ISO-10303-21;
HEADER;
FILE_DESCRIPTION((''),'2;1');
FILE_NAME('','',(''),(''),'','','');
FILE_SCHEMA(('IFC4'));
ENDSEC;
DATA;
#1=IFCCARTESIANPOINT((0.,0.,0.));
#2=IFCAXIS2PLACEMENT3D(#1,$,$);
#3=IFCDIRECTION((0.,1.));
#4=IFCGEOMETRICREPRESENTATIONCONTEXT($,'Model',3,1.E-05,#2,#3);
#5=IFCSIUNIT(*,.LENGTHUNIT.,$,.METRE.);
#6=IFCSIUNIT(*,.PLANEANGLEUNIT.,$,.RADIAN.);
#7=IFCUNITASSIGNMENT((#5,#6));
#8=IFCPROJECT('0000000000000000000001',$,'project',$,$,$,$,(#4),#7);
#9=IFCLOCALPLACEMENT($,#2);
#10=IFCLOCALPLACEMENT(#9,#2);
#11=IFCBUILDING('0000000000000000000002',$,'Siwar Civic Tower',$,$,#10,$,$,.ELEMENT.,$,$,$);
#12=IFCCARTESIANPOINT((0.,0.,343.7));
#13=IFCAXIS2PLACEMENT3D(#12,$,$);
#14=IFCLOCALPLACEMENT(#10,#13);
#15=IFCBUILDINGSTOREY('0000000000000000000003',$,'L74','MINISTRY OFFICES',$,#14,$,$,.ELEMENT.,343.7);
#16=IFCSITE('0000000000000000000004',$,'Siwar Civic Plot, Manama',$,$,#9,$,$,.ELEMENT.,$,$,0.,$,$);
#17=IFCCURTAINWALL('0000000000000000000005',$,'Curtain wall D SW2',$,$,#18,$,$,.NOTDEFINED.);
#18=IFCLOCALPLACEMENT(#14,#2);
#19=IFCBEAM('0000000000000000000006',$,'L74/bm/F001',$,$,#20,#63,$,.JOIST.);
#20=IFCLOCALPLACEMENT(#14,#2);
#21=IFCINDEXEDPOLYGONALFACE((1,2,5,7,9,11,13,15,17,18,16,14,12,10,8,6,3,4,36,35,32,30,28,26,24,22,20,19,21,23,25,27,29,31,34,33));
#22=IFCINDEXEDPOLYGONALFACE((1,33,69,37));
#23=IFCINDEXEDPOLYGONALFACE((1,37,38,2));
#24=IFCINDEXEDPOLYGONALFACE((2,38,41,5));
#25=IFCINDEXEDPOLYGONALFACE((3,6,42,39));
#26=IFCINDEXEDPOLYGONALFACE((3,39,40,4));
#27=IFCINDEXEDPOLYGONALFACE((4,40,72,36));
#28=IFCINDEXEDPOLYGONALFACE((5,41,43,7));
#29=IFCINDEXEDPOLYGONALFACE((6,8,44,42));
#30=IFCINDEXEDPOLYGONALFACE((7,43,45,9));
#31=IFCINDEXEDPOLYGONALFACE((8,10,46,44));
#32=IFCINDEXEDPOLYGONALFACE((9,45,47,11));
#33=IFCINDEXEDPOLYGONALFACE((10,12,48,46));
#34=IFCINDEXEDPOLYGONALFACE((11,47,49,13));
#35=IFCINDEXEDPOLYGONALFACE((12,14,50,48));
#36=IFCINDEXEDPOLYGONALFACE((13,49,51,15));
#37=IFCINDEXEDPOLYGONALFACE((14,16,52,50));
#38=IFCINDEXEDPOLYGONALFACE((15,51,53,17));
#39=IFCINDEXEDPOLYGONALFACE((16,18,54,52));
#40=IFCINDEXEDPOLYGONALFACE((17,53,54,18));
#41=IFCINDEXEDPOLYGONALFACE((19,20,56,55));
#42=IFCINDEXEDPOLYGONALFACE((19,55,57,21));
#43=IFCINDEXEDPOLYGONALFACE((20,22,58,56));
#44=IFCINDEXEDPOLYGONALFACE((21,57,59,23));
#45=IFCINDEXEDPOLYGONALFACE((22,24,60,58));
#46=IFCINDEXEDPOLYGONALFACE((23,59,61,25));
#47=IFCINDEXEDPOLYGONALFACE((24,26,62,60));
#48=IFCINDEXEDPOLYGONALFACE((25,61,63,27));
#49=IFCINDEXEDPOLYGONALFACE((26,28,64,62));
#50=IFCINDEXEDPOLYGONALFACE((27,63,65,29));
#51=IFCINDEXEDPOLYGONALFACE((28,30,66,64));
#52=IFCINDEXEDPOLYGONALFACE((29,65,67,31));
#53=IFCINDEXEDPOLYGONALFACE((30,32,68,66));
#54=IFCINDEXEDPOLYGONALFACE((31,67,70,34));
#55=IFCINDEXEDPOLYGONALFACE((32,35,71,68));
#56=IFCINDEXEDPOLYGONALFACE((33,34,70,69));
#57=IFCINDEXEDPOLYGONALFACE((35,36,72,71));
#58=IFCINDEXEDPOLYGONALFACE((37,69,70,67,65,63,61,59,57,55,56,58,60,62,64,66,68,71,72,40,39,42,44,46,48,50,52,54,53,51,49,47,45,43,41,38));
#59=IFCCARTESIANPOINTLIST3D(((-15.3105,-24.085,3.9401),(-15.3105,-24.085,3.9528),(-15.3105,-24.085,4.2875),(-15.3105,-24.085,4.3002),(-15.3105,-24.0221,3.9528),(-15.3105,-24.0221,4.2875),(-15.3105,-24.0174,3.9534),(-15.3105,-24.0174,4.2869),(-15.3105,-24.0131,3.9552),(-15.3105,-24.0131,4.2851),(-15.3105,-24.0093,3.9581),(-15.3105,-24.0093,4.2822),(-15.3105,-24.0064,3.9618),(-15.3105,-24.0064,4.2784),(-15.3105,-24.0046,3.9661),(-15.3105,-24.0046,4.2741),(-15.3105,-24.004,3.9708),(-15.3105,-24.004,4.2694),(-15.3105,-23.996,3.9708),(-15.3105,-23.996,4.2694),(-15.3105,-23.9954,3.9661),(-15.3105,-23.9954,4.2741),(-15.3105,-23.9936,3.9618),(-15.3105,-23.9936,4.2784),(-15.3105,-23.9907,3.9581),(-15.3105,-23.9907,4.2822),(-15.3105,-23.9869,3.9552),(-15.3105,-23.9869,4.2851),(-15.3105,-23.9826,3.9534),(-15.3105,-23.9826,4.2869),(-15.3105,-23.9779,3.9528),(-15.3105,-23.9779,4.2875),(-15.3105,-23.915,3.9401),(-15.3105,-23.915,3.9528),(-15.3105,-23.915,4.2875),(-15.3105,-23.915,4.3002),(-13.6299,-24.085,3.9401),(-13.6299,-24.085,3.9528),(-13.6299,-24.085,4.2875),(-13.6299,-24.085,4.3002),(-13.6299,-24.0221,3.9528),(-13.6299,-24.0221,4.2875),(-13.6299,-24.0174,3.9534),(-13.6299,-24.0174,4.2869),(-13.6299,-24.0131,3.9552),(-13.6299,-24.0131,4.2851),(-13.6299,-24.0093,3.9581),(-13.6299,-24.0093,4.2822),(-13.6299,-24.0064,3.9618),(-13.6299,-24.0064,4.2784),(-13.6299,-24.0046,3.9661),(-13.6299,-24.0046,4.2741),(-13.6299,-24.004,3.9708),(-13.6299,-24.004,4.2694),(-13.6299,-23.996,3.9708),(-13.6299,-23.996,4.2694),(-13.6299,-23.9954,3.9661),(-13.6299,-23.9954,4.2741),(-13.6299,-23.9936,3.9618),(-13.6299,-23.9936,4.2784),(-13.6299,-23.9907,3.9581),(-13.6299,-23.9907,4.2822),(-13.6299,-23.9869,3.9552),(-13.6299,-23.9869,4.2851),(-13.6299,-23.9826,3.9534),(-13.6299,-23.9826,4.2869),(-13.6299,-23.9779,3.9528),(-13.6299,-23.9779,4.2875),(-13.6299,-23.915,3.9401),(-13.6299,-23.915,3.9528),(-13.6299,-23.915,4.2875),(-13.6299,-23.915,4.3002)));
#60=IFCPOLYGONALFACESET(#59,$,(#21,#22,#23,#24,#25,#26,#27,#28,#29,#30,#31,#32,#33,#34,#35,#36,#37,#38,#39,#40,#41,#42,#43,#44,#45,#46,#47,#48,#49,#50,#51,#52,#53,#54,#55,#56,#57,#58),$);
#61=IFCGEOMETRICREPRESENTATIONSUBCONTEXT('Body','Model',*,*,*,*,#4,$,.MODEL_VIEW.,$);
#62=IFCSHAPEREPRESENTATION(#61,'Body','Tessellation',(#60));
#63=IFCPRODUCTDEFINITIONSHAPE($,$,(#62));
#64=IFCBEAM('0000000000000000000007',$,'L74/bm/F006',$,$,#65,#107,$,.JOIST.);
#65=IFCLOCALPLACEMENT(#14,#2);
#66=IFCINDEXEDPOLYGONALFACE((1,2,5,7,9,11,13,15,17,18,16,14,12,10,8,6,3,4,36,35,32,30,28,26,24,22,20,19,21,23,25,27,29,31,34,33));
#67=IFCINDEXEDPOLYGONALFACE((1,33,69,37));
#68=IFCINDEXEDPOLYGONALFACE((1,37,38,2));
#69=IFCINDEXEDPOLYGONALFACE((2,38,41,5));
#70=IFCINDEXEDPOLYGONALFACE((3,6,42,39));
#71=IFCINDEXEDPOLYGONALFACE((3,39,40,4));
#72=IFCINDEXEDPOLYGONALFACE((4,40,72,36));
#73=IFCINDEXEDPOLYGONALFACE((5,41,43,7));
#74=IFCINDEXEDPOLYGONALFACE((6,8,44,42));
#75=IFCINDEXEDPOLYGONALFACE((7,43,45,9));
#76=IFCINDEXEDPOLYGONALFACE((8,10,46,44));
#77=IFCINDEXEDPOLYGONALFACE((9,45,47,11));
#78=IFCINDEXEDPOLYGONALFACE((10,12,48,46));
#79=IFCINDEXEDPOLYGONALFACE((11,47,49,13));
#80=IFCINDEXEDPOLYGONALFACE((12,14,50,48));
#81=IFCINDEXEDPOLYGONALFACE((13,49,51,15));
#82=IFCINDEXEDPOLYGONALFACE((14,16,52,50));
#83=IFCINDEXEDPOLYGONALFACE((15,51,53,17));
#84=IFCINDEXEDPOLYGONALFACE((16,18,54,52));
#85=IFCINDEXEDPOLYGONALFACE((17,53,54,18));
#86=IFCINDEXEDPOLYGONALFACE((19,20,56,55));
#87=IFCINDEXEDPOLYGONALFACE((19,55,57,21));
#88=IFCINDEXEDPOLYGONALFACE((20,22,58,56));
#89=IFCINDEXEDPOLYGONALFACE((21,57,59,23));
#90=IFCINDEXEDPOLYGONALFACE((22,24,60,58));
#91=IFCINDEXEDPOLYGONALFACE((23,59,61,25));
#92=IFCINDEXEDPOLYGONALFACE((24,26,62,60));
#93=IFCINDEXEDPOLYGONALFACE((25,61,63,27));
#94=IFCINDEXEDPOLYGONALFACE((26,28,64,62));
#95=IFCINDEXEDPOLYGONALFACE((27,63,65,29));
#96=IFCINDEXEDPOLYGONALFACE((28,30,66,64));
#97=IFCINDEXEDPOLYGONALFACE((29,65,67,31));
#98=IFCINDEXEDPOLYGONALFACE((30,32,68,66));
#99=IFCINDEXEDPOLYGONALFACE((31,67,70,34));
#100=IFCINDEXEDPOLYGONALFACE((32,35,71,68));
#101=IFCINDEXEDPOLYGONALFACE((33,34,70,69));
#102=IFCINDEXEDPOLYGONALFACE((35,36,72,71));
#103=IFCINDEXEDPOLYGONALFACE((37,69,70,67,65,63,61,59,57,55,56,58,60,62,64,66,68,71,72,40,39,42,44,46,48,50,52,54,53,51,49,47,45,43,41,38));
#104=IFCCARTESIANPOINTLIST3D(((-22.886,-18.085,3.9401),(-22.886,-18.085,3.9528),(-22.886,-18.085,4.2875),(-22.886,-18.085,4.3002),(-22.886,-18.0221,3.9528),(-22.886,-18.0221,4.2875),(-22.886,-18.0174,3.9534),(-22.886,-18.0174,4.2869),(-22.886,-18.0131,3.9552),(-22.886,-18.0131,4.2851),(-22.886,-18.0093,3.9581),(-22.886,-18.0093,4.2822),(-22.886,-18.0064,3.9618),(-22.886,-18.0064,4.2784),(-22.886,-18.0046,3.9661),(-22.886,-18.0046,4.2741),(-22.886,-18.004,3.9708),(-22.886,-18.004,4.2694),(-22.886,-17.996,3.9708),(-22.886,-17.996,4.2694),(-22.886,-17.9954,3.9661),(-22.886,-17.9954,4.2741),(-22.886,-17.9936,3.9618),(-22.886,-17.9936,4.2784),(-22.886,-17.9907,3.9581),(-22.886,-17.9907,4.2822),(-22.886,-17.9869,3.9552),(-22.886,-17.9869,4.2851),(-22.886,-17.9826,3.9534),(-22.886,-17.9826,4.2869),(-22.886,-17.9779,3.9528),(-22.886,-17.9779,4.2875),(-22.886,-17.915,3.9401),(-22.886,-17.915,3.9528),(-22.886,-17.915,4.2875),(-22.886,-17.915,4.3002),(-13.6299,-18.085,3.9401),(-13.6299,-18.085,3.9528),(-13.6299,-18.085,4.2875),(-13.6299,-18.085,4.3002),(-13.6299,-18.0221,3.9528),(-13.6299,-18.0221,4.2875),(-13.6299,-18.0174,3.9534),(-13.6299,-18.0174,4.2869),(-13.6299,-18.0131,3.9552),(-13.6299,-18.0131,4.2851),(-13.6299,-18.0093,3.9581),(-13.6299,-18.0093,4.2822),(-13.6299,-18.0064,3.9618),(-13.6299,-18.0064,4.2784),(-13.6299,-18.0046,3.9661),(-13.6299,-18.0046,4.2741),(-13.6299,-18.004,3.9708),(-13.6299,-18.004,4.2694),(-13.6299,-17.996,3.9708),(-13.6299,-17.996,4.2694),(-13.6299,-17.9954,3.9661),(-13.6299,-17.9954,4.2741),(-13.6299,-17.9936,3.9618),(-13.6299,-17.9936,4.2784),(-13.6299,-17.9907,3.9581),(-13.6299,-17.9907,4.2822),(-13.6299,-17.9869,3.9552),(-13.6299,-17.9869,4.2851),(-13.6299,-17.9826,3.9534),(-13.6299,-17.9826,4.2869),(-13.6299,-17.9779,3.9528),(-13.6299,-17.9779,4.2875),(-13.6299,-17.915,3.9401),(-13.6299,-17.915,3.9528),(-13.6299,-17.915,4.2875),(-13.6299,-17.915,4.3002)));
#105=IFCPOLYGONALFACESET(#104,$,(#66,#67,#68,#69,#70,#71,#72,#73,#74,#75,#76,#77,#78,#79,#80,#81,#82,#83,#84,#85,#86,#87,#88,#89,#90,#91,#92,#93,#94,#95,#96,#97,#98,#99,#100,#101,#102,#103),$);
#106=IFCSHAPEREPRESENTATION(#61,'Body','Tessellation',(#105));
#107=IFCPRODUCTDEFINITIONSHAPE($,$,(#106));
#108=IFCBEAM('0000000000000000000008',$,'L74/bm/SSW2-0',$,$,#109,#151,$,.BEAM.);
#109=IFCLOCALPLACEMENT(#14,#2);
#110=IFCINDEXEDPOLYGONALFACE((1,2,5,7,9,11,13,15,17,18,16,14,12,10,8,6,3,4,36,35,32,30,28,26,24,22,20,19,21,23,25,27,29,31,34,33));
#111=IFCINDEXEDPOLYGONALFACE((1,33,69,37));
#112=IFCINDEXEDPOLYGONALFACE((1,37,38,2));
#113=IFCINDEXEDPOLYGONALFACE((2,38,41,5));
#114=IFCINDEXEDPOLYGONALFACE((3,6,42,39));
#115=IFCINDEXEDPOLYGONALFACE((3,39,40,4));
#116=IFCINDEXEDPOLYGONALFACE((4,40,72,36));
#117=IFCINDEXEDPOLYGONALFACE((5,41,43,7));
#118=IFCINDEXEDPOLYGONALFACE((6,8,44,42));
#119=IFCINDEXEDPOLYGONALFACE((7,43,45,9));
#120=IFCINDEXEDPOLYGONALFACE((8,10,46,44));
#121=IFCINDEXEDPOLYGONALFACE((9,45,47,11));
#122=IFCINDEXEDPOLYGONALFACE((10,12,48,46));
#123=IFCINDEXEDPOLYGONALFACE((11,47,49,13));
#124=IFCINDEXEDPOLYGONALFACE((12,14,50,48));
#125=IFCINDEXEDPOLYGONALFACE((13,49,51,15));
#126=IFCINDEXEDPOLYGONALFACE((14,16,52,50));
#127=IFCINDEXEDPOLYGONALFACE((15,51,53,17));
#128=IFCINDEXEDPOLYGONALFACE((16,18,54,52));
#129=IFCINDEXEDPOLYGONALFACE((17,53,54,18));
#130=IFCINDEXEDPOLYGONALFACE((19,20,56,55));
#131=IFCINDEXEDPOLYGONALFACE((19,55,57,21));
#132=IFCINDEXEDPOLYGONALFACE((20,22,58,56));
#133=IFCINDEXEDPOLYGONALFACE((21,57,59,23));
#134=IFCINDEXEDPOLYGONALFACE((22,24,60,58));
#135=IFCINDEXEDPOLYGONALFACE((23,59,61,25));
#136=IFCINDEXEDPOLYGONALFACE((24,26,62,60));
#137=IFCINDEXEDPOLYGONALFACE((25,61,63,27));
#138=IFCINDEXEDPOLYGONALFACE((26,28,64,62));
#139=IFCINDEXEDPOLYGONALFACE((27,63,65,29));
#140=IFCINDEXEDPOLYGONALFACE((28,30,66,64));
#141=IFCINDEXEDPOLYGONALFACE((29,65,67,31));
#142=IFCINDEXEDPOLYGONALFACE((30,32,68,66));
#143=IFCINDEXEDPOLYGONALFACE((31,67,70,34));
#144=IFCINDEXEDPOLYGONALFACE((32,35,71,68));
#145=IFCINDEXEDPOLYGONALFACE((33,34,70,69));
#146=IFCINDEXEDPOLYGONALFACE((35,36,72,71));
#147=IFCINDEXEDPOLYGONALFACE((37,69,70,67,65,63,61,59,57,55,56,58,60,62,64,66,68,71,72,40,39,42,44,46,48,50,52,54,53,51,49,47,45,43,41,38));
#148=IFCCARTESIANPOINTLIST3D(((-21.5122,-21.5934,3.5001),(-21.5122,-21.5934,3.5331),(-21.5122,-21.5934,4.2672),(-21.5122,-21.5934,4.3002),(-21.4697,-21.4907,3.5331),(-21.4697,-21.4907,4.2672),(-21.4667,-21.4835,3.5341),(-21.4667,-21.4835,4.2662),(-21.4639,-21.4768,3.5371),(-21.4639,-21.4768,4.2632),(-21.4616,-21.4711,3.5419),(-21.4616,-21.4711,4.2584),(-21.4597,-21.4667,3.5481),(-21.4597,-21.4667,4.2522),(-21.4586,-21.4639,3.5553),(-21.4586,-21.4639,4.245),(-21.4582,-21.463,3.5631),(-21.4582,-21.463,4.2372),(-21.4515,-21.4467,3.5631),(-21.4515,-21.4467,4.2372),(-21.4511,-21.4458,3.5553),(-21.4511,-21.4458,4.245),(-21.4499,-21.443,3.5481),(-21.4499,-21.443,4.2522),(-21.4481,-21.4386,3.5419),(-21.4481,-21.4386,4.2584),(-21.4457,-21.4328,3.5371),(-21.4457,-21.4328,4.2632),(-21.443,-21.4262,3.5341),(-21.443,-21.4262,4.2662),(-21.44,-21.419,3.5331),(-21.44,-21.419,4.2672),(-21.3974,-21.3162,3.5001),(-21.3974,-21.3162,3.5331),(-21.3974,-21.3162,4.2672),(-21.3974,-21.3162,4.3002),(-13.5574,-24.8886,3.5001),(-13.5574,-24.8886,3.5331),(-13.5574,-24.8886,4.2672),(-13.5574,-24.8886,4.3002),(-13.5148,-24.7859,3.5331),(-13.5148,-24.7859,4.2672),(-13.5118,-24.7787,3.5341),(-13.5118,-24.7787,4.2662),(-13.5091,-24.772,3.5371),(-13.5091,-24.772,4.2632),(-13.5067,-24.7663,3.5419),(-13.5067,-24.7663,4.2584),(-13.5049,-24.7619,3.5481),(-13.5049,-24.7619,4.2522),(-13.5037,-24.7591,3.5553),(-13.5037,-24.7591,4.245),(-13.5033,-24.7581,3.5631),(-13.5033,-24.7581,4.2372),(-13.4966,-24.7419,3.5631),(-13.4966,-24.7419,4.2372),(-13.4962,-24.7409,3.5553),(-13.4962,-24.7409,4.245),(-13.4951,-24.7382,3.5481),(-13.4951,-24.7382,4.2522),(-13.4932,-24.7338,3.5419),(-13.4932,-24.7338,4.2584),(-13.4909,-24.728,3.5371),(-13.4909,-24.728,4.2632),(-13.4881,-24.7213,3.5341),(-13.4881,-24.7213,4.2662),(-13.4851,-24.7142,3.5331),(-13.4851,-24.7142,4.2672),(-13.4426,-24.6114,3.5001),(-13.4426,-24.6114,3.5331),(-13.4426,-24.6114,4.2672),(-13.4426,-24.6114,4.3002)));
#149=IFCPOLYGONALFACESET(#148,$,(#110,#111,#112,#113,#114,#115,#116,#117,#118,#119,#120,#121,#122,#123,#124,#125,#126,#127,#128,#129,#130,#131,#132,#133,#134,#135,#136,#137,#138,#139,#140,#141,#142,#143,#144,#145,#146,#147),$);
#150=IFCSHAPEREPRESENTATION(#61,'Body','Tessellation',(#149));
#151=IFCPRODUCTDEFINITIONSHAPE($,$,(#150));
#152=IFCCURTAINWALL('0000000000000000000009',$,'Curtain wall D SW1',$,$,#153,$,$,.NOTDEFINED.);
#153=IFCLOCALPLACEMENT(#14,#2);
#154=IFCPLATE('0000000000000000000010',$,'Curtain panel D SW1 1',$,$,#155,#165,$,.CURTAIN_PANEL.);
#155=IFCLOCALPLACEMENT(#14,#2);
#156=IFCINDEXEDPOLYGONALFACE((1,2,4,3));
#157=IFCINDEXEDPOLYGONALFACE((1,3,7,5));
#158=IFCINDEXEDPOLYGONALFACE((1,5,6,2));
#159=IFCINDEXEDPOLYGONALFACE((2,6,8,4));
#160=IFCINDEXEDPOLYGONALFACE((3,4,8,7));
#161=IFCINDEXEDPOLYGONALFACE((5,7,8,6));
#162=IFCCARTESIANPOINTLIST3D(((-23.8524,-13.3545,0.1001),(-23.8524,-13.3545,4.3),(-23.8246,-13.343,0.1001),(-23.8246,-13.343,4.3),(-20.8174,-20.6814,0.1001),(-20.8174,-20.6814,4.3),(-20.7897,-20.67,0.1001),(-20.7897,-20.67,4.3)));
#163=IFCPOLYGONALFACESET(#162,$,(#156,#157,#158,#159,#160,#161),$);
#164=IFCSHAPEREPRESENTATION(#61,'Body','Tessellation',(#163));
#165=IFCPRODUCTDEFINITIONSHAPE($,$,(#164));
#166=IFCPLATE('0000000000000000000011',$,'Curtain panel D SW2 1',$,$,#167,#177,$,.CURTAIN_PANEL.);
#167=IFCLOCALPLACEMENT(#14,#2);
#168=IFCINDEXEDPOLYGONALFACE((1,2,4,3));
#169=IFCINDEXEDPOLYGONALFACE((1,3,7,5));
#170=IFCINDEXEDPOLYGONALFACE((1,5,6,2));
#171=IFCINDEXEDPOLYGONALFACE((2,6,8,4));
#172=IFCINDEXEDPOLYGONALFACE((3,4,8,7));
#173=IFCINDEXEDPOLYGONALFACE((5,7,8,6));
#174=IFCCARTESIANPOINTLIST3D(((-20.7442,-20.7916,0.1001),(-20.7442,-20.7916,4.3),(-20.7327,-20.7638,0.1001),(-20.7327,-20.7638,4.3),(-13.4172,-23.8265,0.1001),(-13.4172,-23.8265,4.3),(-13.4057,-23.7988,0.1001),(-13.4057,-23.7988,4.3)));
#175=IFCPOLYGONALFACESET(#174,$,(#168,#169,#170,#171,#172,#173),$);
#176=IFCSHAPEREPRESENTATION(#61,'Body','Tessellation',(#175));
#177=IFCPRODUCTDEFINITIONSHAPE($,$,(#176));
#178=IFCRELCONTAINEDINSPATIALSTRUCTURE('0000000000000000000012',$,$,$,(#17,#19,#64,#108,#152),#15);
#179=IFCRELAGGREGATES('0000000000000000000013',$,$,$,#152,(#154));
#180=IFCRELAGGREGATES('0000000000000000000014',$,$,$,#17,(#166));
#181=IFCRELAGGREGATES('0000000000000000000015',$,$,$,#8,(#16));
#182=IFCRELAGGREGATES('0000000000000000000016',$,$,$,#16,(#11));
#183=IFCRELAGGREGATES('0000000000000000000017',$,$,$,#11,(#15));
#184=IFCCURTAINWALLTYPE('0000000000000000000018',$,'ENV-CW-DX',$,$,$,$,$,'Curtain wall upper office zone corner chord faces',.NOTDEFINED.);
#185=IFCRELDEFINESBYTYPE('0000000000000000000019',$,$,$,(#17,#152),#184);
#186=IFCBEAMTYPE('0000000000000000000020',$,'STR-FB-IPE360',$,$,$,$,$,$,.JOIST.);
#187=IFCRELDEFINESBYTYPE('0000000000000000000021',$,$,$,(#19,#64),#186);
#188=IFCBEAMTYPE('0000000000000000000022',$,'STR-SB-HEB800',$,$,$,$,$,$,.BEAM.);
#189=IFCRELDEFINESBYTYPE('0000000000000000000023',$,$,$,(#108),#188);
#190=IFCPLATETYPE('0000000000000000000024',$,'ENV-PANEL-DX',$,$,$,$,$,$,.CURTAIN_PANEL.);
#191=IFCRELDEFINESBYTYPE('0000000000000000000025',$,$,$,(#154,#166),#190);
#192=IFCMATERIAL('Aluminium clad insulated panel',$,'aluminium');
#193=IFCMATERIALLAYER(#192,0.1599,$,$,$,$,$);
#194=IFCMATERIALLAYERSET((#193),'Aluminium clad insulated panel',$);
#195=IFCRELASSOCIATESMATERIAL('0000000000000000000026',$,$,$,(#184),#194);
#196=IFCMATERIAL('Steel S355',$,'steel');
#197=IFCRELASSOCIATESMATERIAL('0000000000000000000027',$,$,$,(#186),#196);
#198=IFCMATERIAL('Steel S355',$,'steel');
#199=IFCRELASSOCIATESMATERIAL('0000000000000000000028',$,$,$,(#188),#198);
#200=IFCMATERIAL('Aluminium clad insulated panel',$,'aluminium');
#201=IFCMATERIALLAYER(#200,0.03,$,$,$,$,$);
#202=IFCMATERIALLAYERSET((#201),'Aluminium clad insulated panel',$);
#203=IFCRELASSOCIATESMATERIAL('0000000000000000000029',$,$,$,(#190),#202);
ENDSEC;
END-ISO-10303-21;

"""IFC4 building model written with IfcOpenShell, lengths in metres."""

from ifc_helpers import new_model, si_unit, direction, frame, origin, origin_2d, place, context, subcontext, project, spatial, rectangle, i_section, extrude, material, layer, layer_set, material_profile, profile_set, type_object, element, aggregate, save


model = new_model("IFC4")

# Units and contexts
model_context = context("Model", 3, precision=1e-05, world=origin(), true_north=direction((0.0, 1.0)))
body_context = subcontext(model_context, "Body", "Model", "MODEL_VIEW")
ifc_project = project(units=[si_unit("LENGTHUNIT", "METRE"), si_unit("PLANEANGLEUNIT", "RADIAN")], contexts=[model_context])

# Site, building, storey
site_placement = place(None, origin())
site = spatial("IfcSite", under=ifc_project, at=site_placement, Name="Siwar Civic Plot, Manama", CompositionType="ELEMENT", RefElevation=0.0)
building_placement = place(site_placement, origin())
building = spatial("IfcBuilding", under=site, at=building_placement, Name="Siwar Civic Tower", CompositionType="ELEMENT")
storey_placement = place(building_placement, frame((0.0, 0.0, 343.7)))
storey = spatial("IfcBuildingStorey", under=building, at=storey_placement, Name="L74", Description="MINISTRY OFFICES", CompositionType="ELEMENT", Elevation=343.7)

# Curtain wall
ifc_material_1 = material(Name="Aluminium clad insulated panel", Category="aluminium")
ifc_layer_1 = layer(ifc_material_1, 0.1599)
ifc_layer_set_1 = layer_set([ifc_layer_1], Name="Aluminium clad insulated panel")
curtain_wall_type = type_object("IfcCurtainWallType", Name="ENV-CW-DX", ElementType="Curtain wall upper office zone corner chord faces", PredefinedType="NOTDEFINED", material=ifc_layer_set_1)
curtain_wall_1_placement = place(storey_placement, origin())
curtain_wall_1 = element("IfcCurtainWall", 1, at=curtain_wall_1_placement, inside=storey, type_object=curtain_wall_type, Name="Curtain wall D SW2", PredefinedType="NOTDEFINED")

# Beams
ifc_material_2 = material(Name="Steel S355", Category="steel")
ifc_material_profile_1 = material_profile(ifc_material_2, i_section(OverallWidth=0.1699, OverallDepth=0.3601, WebThickness=0.0081, FlangeThickness=0.0127, FilletRadius=0.0181, at=origin_2d()), Name="IPE360")
ifc_profile_set_1 = profile_set([ifc_material_profile_1], Name="Steel S355")
beam_type_1 = type_object("IfcBeamType", Name="STR-FB-IPE360", PredefinedType="JOIST", material=ifc_profile_set_1)
beam_1_placement = place(storey_placement, frame((-15.3105, -24.0, 4.1201), z_axis=(1.0, 0.0, 0.0), x_axis=(0.0, 1.0, 0.0)))
element("IfcBeam", 2, at=beam_1_placement, inside=storey, type_object=beam_type_1, Name="L74/bm/F001", PredefinedType="JOIST", context=body_context, shape_type="SweptSolid", body=[
    extrude(i_section(OverallWidth=0.1699, OverallDepth=0.3601, WebThickness=0.0081, FlangeThickness=0.0127, FilletRadius=0.0181, at=origin_2d()), origin(), (0.0, 0.0, 1.0), 1.6807),
])
beam_2_placement = place(storey_placement, frame((-22.886, -18.0, 4.1201), z_axis=(1.0, 0.0, 0.0), x_axis=(0.0, 1.0, 0.0)))
element("IfcBeam", 3, at=beam_2_placement, inside=storey, type_object=beam_type_1, Name="L74/bm/F006", PredefinedType="JOIST", context=body_context, shape_type="SweptSolid", body=[
    extrude(i_section(OverallWidth=0.1699, OverallDepth=0.3601, WebThickness=0.0081, FlangeThickness=0.0127, FilletRadius=0.0181, at=origin_2d()), origin(), (0.0, 0.0, 1.0), 9.2561),
])
ifc_material_3 = material(Name="Steel S355", Category="steel")
ifc_material_profile_2 = material_profile(ifc_material_3, i_section(OverallWidth=0.3, OverallDepth=0.8, WebThickness=0.0176, FlangeThickness=0.033, FilletRadius=0.03, at=origin_2d()), Name="HEB800")
ifc_profile_set_2 = profile_set([ifc_material_profile_2], Name="Steel S355")
beam_type_2 = type_object("IfcBeamType", Name="STR-SB-HEB800", PredefinedType="BEAM", material=ifc_profile_set_2)
beam_3_placement = place(storey_placement, frame((-21.4548, -21.4548, 3.9001), z_axis=(0.923873, -0.3827, 0.0), x_axis=(0.3827, 0.923873, 0.0)))
element("IfcBeam", 4, at=beam_3_placement, inside=storey, type_object=beam_type_2, Name="L74/bm/SSW2-0", PredefinedType="BEAM", context=body_context, shape_type="SweptSolid", body=[
    extrude(i_section(OverallWidth=0.3, OverallDepth=0.8, WebThickness=0.0176, FlangeThickness=0.033, FilletRadius=0.03, at=origin_2d()), origin(), (0.0, 0.0, 1.0), 8.6104),
])

# Curtain wall, plate
curtain_wall_2_placement = place(storey_placement, origin())
curtain_wall_2 = element("IfcCurtainWall", 5, at=curtain_wall_2_placement, inside=storey, type_object=curtain_wall_type, Name="Curtain wall D SW1", PredefinedType="NOTDEFINED")
ifc_material_4 = material(Name="Aluminium clad insulated panel", Category="aluminium")
ifc_layer_2 = layer(ifc_material_4, 0.03)
ifc_layer_set_2 = layer_set([ifc_layer_2], Name="Aluminium clad insulated panel")
plate_type = type_object("IfcPlateType", Name="ENV-PANEL-DX", PredefinedType="CURTAIN_PANEL", material=ifc_layer_set_2)
plate_1_placement = place(storey_placement, frame((-22.321, -17.0122, 0.1001), z_axis=(0.0, 0.0, 1.0), x_axis=(0.382683, -0.92388, 0.0)))
plate_1 = element("IfcPlate", 6, at=plate_1_placement, type_object=plate_type, Name="Curtain panel D SW1 1", PredefinedType="CURTAIN_PANEL", context=body_context, shape_type="SweptSolid", body=[
    extrude(rectangle(XDim=7.9307, YDim=0.03, at=origin_2d()), origin(), (0.0, 0.0, 1.0), 4.2),
])
aggregate(curtain_wall_2, [plate_1])

# Plate
plate_2_placement = place(storey_placement, frame((-17.075, -22.2952, 0.1001), z_axis=(0.0, 0.0, 1.0), x_axis=(0.92388, -0.382683, 0.0)))
plate_2 = element("IfcPlate", 7, at=plate_2_placement, type_object=plate_type, Name="Curtain panel D SW2 1", PredefinedType="CURTAIN_PANEL", context=body_context, shape_type="SweptSolid", body=[
    extrude(rectangle(XDim=7.9307, YDim=0.03, at=origin_2d()), origin(), (0.0, 0.0, 1.0), 4.2),
])
aggregate(curtain_wall_1, [plate_2])

save(model, "model.ifc")
